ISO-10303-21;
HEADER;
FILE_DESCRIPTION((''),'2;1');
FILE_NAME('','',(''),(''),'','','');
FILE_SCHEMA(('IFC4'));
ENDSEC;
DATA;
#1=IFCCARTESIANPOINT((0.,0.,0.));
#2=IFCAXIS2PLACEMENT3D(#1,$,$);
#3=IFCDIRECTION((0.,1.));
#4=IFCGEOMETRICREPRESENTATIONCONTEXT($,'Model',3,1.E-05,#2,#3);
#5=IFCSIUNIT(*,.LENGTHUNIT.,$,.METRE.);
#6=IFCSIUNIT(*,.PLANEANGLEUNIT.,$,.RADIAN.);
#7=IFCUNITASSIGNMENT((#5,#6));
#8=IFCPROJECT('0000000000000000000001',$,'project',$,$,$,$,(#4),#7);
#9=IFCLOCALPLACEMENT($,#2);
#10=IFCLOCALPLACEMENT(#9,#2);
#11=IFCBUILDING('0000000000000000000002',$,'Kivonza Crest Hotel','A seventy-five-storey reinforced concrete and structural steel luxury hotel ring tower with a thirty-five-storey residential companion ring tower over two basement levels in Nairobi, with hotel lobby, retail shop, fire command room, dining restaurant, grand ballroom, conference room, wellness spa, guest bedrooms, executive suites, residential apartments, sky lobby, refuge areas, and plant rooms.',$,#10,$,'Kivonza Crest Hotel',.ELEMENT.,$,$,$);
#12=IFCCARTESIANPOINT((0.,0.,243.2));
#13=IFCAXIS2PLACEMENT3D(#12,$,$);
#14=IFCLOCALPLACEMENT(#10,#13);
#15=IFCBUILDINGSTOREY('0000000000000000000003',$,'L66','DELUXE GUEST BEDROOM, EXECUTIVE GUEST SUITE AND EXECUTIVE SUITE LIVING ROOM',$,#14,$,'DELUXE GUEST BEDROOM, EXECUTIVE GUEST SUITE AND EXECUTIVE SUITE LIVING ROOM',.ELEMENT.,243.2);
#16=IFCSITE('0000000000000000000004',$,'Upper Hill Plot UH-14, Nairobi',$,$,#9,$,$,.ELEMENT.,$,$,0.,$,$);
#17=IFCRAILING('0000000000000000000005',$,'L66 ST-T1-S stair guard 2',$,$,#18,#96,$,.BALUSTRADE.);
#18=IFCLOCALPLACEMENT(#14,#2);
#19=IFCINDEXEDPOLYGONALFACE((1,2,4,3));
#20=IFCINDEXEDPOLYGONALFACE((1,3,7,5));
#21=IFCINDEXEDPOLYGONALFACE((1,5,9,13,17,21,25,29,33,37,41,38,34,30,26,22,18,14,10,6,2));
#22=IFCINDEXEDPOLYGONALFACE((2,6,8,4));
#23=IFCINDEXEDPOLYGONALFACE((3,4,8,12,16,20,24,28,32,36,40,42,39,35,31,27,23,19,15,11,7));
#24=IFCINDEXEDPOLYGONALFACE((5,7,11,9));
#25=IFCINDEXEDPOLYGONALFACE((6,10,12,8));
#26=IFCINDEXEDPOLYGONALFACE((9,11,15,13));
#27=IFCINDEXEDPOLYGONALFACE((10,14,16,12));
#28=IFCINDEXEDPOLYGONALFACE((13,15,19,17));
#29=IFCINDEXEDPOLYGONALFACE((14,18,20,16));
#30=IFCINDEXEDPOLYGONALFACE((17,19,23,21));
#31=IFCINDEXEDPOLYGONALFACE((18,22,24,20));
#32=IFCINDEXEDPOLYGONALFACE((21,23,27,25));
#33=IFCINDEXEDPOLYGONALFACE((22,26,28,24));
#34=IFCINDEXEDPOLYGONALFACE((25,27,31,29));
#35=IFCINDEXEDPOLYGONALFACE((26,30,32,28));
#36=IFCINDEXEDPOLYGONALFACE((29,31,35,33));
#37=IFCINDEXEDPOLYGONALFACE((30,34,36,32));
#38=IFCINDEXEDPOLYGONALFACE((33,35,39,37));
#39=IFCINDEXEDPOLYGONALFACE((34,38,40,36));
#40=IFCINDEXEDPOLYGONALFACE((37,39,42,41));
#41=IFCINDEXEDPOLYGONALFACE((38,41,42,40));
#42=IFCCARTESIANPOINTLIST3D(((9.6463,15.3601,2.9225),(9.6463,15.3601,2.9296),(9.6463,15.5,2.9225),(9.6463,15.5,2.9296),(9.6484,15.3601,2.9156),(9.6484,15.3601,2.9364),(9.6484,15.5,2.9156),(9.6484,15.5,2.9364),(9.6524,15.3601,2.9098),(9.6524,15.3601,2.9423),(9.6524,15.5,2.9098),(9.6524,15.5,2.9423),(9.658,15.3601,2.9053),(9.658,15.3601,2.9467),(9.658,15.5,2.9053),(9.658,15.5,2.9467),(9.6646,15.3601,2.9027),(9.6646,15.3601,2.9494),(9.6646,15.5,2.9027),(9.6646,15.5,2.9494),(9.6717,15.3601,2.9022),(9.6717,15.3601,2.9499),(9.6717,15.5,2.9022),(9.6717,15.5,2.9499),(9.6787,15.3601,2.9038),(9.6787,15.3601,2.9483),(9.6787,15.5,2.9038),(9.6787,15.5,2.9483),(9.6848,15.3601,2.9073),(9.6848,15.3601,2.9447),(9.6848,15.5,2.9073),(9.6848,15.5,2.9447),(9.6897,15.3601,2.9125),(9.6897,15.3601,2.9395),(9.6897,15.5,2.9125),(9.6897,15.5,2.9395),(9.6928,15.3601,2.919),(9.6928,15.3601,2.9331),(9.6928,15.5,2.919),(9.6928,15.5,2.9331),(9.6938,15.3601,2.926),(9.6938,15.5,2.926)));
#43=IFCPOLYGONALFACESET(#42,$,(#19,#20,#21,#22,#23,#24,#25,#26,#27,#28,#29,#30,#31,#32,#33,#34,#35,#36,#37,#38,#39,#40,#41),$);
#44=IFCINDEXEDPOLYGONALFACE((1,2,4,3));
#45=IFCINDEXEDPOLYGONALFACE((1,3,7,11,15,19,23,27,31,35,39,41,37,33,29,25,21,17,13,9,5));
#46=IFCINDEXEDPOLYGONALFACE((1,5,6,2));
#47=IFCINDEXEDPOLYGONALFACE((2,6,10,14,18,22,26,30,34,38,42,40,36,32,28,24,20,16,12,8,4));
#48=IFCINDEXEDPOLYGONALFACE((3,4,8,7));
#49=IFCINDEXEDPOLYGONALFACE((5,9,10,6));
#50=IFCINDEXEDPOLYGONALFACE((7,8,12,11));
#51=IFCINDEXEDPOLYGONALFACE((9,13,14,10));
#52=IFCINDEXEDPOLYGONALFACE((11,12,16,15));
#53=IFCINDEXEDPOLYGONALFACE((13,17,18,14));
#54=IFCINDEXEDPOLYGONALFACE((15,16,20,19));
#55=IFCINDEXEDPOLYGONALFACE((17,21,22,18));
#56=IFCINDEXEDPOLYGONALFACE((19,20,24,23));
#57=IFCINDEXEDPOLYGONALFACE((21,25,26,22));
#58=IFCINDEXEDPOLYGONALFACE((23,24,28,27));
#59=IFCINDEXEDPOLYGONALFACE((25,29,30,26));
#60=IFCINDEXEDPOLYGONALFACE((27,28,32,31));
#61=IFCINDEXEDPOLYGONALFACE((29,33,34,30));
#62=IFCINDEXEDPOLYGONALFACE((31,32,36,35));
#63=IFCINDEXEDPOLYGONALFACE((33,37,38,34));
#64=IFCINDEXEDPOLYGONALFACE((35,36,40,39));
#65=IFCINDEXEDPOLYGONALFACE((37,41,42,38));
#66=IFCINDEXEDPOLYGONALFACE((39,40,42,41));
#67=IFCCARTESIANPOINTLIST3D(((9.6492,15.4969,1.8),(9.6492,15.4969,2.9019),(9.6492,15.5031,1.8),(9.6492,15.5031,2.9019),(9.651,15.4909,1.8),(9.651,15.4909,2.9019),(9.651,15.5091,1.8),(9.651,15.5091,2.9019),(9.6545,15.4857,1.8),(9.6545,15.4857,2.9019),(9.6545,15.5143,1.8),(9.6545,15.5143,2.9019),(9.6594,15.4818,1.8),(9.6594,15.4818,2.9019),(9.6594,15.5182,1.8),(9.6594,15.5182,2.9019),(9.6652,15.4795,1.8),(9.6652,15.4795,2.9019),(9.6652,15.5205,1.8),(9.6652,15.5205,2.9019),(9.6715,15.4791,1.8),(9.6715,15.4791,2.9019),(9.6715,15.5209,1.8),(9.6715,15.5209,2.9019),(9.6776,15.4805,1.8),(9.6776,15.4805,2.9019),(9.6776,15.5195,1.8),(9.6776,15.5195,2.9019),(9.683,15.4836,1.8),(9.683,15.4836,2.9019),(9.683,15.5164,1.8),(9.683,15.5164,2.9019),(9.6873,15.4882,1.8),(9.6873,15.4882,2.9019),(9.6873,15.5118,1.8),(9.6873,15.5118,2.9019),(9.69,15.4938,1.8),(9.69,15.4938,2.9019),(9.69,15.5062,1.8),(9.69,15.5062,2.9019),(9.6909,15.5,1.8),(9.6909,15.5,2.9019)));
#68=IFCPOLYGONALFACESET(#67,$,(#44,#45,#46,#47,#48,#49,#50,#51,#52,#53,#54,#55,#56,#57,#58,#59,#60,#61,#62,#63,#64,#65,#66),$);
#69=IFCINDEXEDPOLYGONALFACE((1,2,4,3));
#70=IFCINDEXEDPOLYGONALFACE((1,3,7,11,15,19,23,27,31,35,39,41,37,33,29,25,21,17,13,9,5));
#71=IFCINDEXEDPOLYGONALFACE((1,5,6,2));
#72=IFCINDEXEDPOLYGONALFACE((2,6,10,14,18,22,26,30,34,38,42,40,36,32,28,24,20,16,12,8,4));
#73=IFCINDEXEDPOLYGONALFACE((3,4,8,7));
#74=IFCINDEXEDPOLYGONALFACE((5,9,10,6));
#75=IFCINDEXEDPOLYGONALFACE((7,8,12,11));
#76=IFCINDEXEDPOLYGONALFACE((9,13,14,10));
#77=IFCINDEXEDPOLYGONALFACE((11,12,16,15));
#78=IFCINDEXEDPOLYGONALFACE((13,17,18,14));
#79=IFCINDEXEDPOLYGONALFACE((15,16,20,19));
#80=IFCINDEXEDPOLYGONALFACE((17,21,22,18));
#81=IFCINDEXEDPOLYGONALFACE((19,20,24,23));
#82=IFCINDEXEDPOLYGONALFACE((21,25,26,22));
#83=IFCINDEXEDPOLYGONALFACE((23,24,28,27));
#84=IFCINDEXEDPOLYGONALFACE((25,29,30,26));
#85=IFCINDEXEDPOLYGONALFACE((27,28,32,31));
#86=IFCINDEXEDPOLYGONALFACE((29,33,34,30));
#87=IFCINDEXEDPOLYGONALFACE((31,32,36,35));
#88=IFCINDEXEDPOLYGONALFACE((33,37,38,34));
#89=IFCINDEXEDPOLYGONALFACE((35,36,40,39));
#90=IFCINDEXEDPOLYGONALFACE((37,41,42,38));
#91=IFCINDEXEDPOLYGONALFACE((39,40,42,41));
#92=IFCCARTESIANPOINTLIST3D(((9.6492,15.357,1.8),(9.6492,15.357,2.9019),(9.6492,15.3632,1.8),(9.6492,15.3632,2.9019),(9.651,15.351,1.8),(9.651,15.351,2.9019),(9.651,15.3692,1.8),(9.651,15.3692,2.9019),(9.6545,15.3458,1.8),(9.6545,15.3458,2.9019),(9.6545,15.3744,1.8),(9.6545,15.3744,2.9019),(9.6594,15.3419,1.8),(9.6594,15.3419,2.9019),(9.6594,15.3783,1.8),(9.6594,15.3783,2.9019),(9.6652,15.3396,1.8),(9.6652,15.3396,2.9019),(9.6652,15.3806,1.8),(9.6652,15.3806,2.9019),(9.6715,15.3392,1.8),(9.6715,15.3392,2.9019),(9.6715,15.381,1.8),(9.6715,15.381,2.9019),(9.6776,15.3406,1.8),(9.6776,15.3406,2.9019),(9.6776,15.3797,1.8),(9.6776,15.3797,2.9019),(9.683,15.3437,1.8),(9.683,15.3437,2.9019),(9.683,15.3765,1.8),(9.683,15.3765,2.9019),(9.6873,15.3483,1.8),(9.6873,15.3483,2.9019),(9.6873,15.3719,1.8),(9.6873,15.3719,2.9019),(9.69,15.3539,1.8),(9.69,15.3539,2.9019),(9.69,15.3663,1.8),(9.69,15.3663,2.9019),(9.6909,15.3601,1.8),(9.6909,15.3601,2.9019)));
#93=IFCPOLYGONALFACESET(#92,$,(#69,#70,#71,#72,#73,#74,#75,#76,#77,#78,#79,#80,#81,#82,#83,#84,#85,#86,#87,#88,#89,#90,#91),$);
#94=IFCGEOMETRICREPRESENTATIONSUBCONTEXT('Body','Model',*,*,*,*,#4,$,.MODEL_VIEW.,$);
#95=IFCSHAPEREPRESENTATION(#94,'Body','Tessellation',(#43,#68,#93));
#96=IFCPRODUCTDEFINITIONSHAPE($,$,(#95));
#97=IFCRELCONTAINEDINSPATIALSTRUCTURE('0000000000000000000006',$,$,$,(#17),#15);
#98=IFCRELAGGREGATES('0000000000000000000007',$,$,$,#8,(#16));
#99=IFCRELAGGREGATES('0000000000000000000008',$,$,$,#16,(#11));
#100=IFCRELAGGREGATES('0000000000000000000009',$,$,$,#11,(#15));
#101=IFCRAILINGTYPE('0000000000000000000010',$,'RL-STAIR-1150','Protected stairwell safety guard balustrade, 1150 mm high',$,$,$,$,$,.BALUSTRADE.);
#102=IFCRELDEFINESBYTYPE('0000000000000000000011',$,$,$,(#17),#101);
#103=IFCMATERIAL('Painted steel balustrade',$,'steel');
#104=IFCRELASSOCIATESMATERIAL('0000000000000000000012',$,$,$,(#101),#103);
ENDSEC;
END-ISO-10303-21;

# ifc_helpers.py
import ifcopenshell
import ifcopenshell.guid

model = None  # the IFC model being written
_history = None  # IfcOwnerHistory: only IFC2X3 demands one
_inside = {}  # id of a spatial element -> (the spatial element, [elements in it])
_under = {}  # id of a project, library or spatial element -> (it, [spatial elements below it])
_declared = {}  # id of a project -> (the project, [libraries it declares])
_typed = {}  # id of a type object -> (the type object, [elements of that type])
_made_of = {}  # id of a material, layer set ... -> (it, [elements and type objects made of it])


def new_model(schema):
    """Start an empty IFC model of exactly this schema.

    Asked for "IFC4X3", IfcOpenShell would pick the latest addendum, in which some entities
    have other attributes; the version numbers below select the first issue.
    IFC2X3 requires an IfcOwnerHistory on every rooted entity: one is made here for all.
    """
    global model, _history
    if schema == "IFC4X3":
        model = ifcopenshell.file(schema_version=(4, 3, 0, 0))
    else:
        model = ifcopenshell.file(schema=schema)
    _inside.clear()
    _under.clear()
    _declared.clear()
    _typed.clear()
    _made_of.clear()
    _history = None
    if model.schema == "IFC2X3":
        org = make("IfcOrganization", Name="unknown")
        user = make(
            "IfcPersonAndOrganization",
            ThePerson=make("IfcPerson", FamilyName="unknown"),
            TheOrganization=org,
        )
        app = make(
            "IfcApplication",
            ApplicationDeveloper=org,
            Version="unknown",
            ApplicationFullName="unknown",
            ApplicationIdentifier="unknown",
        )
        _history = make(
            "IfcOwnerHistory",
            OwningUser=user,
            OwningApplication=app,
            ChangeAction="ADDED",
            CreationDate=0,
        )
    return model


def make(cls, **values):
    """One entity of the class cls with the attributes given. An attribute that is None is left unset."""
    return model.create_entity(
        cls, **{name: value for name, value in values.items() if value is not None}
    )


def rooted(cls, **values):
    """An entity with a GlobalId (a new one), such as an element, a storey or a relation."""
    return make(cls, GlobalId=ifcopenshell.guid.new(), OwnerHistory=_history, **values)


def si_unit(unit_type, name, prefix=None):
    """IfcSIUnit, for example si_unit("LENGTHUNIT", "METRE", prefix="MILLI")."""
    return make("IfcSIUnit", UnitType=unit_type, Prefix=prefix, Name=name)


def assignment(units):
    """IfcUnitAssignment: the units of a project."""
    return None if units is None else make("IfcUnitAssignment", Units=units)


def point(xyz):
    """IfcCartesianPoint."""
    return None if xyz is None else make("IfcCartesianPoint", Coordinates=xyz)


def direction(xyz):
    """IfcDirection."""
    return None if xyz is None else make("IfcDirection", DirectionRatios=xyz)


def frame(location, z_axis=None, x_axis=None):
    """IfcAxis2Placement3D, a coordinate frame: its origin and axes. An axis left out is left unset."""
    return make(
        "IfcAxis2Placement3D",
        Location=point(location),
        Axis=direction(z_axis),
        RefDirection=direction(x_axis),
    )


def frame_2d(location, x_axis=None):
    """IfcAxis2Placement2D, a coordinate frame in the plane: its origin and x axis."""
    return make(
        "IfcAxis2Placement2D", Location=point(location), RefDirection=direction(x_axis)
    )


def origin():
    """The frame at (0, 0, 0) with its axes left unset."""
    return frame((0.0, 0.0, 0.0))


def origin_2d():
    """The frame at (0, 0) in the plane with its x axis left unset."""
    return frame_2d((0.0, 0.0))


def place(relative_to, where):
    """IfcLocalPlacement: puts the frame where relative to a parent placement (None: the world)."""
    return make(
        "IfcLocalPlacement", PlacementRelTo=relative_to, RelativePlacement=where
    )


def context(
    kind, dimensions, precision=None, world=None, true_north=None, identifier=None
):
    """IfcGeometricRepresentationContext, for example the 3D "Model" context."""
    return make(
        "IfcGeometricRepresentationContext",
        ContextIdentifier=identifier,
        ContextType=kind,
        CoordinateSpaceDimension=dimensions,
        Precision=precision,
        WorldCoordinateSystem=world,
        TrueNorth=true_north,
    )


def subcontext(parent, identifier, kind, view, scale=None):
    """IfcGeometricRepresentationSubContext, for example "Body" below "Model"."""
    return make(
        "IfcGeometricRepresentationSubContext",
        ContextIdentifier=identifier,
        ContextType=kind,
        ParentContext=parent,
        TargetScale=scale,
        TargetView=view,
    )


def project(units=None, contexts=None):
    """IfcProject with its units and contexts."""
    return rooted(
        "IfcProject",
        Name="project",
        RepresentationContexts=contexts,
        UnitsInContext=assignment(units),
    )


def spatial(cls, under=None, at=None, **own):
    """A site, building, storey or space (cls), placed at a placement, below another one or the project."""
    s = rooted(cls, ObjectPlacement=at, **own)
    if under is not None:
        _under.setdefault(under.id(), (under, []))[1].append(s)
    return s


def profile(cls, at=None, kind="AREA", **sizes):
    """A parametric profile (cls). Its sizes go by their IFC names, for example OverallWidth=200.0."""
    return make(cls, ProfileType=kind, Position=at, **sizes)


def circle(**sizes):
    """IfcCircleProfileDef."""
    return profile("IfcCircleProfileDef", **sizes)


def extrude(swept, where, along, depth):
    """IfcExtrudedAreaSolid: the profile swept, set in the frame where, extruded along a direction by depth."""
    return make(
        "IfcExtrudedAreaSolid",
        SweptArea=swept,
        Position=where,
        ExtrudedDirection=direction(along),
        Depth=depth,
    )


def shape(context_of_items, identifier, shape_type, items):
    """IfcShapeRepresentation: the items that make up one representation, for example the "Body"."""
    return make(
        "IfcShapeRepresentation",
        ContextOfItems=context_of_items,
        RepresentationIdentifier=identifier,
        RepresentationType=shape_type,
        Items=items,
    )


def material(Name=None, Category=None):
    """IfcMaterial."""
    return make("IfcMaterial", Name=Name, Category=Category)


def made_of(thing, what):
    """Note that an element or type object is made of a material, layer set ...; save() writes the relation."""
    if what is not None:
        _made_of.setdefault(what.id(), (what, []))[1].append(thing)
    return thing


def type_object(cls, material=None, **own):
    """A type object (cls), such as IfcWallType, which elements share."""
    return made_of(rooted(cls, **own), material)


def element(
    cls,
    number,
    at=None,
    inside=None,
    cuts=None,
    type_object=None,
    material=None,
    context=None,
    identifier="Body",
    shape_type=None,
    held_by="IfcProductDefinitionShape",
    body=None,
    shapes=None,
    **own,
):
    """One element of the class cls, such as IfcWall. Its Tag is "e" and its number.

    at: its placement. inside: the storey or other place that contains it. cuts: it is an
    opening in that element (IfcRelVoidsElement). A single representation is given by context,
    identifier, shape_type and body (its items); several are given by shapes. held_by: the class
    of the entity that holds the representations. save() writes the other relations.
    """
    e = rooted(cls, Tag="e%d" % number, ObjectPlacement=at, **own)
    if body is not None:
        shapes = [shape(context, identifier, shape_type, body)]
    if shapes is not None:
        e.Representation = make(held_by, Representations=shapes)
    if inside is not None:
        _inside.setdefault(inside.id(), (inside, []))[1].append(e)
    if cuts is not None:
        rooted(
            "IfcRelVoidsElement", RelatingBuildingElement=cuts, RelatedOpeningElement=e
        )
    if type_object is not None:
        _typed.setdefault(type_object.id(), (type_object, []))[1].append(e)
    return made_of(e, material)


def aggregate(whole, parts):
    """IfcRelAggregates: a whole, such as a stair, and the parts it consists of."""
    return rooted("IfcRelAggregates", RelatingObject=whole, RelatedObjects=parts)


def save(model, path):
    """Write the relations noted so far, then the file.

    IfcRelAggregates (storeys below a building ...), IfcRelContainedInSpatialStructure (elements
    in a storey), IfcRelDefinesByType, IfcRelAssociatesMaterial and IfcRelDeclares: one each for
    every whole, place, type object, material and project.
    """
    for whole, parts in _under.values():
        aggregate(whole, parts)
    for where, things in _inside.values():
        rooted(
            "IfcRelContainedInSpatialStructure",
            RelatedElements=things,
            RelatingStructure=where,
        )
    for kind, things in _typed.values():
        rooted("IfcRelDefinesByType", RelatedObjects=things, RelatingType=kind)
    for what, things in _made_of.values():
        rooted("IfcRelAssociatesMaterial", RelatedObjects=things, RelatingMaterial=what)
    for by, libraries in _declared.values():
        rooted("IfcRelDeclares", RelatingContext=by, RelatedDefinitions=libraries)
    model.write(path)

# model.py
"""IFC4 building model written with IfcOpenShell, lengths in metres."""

from ifc_helpers import new_model, si_unit, direction, frame, origin, origin_2d, place, context, subcontext, project, spatial, circle, extrude, material, type_object, element, save


model = new_model("IFC4")

# Units and contexts
model_context = context("Model", 3, precision=1e-05, world=origin(), true_north=direction((0.0, 1.0)))
body_context = subcontext(model_context, "Body", "Model", "MODEL_VIEW")
ifc_project = project(units=[si_unit("LENGTHUNIT", "METRE"), si_unit("PLANEANGLEUNIT", "RADIAN")], contexts=[model_context])

# Site, building, storey
site_placement = place(None, origin())
site = spatial("IfcSite", under=ifc_project, at=site_placement, Name="Upper Hill Plot UH-14, Nairobi", CompositionType="ELEMENT", RefElevation=0.0)
building_placement = place(site_placement, origin())
building = spatial("IfcBuilding", under=site, at=building_placement, Name="Kivonza Crest Hotel", Description="A seventy-five-storey reinforced concrete and structural steel luxury hotel ring tower with a thirty-five-storey residential companion ring tower over two basement levels in Nairobi, with hotel lobby, retail shop, fire command room, dining restaurant, grand ballroom, conference room, wellness spa, guest bedrooms, executive suites, residential apartments, sky lobby, refuge areas, and plant rooms.", LongName="Kivonza Crest Hotel", CompositionType="ELEMENT")
storey_placement = place(building_placement, frame((0.0, 0.0, 243.2)))
storey = spatial("IfcBuildingStorey", under=building, at=storey_placement, Name="L66", Description="DELUXE GUEST BEDROOM, EXECUTIVE GUEST SUITE AND EXECUTIVE SUITE LIVING ROOM", LongName="DELUXE GUEST BEDROOM, EXECUTIVE GUEST SUITE AND EXECUTIVE SUITE LIVING ROOM", CompositionType="ELEMENT", Elevation=243.2)

# Railing
ifc_material_1 = material(Name="Painted steel balustrade", Category="steel")
railing_type_1 = type_object("IfcRailingType", Name="RL-STAIR-1150", Description="Protected stairwell safety guard balustrade, 1150 mm high", PredefinedType="BALUSTRADE", material=ifc_material_1)
railing_1_placement = place(storey_placement, frame((9.6699, 15.5, 1.8)))
element("IfcRailing", 1, at=railing_1_placement, inside=storey, type_object=railing_type_1, Name="L66 ST-T1-S stair guard 2", PredefinedType="BALUSTRADE", context=body_context, shape_type="SweptSolid", body=[
    extrude(circle(Radius=0.0239, at=origin_2d()), frame((0.0, 0.0, 1.126), z_axis=(0.0, -1.0, 0.0), x_axis=(1.0, 0.0, 0.0)), (0.0, 0.0, 1.0), 0.1399),
    extrude(circle(Radius=0.021, at=origin_2d()), origin(), (0.0, 0.0, 1.0), 1.1018),
    extrude(circle(Radius=0.021, at=origin_2d()), frame((0.0, -0.1399, 0.0)), (0.0, 0.0, 1.0), 1.1018),
])

save(model, "model.ifc")
